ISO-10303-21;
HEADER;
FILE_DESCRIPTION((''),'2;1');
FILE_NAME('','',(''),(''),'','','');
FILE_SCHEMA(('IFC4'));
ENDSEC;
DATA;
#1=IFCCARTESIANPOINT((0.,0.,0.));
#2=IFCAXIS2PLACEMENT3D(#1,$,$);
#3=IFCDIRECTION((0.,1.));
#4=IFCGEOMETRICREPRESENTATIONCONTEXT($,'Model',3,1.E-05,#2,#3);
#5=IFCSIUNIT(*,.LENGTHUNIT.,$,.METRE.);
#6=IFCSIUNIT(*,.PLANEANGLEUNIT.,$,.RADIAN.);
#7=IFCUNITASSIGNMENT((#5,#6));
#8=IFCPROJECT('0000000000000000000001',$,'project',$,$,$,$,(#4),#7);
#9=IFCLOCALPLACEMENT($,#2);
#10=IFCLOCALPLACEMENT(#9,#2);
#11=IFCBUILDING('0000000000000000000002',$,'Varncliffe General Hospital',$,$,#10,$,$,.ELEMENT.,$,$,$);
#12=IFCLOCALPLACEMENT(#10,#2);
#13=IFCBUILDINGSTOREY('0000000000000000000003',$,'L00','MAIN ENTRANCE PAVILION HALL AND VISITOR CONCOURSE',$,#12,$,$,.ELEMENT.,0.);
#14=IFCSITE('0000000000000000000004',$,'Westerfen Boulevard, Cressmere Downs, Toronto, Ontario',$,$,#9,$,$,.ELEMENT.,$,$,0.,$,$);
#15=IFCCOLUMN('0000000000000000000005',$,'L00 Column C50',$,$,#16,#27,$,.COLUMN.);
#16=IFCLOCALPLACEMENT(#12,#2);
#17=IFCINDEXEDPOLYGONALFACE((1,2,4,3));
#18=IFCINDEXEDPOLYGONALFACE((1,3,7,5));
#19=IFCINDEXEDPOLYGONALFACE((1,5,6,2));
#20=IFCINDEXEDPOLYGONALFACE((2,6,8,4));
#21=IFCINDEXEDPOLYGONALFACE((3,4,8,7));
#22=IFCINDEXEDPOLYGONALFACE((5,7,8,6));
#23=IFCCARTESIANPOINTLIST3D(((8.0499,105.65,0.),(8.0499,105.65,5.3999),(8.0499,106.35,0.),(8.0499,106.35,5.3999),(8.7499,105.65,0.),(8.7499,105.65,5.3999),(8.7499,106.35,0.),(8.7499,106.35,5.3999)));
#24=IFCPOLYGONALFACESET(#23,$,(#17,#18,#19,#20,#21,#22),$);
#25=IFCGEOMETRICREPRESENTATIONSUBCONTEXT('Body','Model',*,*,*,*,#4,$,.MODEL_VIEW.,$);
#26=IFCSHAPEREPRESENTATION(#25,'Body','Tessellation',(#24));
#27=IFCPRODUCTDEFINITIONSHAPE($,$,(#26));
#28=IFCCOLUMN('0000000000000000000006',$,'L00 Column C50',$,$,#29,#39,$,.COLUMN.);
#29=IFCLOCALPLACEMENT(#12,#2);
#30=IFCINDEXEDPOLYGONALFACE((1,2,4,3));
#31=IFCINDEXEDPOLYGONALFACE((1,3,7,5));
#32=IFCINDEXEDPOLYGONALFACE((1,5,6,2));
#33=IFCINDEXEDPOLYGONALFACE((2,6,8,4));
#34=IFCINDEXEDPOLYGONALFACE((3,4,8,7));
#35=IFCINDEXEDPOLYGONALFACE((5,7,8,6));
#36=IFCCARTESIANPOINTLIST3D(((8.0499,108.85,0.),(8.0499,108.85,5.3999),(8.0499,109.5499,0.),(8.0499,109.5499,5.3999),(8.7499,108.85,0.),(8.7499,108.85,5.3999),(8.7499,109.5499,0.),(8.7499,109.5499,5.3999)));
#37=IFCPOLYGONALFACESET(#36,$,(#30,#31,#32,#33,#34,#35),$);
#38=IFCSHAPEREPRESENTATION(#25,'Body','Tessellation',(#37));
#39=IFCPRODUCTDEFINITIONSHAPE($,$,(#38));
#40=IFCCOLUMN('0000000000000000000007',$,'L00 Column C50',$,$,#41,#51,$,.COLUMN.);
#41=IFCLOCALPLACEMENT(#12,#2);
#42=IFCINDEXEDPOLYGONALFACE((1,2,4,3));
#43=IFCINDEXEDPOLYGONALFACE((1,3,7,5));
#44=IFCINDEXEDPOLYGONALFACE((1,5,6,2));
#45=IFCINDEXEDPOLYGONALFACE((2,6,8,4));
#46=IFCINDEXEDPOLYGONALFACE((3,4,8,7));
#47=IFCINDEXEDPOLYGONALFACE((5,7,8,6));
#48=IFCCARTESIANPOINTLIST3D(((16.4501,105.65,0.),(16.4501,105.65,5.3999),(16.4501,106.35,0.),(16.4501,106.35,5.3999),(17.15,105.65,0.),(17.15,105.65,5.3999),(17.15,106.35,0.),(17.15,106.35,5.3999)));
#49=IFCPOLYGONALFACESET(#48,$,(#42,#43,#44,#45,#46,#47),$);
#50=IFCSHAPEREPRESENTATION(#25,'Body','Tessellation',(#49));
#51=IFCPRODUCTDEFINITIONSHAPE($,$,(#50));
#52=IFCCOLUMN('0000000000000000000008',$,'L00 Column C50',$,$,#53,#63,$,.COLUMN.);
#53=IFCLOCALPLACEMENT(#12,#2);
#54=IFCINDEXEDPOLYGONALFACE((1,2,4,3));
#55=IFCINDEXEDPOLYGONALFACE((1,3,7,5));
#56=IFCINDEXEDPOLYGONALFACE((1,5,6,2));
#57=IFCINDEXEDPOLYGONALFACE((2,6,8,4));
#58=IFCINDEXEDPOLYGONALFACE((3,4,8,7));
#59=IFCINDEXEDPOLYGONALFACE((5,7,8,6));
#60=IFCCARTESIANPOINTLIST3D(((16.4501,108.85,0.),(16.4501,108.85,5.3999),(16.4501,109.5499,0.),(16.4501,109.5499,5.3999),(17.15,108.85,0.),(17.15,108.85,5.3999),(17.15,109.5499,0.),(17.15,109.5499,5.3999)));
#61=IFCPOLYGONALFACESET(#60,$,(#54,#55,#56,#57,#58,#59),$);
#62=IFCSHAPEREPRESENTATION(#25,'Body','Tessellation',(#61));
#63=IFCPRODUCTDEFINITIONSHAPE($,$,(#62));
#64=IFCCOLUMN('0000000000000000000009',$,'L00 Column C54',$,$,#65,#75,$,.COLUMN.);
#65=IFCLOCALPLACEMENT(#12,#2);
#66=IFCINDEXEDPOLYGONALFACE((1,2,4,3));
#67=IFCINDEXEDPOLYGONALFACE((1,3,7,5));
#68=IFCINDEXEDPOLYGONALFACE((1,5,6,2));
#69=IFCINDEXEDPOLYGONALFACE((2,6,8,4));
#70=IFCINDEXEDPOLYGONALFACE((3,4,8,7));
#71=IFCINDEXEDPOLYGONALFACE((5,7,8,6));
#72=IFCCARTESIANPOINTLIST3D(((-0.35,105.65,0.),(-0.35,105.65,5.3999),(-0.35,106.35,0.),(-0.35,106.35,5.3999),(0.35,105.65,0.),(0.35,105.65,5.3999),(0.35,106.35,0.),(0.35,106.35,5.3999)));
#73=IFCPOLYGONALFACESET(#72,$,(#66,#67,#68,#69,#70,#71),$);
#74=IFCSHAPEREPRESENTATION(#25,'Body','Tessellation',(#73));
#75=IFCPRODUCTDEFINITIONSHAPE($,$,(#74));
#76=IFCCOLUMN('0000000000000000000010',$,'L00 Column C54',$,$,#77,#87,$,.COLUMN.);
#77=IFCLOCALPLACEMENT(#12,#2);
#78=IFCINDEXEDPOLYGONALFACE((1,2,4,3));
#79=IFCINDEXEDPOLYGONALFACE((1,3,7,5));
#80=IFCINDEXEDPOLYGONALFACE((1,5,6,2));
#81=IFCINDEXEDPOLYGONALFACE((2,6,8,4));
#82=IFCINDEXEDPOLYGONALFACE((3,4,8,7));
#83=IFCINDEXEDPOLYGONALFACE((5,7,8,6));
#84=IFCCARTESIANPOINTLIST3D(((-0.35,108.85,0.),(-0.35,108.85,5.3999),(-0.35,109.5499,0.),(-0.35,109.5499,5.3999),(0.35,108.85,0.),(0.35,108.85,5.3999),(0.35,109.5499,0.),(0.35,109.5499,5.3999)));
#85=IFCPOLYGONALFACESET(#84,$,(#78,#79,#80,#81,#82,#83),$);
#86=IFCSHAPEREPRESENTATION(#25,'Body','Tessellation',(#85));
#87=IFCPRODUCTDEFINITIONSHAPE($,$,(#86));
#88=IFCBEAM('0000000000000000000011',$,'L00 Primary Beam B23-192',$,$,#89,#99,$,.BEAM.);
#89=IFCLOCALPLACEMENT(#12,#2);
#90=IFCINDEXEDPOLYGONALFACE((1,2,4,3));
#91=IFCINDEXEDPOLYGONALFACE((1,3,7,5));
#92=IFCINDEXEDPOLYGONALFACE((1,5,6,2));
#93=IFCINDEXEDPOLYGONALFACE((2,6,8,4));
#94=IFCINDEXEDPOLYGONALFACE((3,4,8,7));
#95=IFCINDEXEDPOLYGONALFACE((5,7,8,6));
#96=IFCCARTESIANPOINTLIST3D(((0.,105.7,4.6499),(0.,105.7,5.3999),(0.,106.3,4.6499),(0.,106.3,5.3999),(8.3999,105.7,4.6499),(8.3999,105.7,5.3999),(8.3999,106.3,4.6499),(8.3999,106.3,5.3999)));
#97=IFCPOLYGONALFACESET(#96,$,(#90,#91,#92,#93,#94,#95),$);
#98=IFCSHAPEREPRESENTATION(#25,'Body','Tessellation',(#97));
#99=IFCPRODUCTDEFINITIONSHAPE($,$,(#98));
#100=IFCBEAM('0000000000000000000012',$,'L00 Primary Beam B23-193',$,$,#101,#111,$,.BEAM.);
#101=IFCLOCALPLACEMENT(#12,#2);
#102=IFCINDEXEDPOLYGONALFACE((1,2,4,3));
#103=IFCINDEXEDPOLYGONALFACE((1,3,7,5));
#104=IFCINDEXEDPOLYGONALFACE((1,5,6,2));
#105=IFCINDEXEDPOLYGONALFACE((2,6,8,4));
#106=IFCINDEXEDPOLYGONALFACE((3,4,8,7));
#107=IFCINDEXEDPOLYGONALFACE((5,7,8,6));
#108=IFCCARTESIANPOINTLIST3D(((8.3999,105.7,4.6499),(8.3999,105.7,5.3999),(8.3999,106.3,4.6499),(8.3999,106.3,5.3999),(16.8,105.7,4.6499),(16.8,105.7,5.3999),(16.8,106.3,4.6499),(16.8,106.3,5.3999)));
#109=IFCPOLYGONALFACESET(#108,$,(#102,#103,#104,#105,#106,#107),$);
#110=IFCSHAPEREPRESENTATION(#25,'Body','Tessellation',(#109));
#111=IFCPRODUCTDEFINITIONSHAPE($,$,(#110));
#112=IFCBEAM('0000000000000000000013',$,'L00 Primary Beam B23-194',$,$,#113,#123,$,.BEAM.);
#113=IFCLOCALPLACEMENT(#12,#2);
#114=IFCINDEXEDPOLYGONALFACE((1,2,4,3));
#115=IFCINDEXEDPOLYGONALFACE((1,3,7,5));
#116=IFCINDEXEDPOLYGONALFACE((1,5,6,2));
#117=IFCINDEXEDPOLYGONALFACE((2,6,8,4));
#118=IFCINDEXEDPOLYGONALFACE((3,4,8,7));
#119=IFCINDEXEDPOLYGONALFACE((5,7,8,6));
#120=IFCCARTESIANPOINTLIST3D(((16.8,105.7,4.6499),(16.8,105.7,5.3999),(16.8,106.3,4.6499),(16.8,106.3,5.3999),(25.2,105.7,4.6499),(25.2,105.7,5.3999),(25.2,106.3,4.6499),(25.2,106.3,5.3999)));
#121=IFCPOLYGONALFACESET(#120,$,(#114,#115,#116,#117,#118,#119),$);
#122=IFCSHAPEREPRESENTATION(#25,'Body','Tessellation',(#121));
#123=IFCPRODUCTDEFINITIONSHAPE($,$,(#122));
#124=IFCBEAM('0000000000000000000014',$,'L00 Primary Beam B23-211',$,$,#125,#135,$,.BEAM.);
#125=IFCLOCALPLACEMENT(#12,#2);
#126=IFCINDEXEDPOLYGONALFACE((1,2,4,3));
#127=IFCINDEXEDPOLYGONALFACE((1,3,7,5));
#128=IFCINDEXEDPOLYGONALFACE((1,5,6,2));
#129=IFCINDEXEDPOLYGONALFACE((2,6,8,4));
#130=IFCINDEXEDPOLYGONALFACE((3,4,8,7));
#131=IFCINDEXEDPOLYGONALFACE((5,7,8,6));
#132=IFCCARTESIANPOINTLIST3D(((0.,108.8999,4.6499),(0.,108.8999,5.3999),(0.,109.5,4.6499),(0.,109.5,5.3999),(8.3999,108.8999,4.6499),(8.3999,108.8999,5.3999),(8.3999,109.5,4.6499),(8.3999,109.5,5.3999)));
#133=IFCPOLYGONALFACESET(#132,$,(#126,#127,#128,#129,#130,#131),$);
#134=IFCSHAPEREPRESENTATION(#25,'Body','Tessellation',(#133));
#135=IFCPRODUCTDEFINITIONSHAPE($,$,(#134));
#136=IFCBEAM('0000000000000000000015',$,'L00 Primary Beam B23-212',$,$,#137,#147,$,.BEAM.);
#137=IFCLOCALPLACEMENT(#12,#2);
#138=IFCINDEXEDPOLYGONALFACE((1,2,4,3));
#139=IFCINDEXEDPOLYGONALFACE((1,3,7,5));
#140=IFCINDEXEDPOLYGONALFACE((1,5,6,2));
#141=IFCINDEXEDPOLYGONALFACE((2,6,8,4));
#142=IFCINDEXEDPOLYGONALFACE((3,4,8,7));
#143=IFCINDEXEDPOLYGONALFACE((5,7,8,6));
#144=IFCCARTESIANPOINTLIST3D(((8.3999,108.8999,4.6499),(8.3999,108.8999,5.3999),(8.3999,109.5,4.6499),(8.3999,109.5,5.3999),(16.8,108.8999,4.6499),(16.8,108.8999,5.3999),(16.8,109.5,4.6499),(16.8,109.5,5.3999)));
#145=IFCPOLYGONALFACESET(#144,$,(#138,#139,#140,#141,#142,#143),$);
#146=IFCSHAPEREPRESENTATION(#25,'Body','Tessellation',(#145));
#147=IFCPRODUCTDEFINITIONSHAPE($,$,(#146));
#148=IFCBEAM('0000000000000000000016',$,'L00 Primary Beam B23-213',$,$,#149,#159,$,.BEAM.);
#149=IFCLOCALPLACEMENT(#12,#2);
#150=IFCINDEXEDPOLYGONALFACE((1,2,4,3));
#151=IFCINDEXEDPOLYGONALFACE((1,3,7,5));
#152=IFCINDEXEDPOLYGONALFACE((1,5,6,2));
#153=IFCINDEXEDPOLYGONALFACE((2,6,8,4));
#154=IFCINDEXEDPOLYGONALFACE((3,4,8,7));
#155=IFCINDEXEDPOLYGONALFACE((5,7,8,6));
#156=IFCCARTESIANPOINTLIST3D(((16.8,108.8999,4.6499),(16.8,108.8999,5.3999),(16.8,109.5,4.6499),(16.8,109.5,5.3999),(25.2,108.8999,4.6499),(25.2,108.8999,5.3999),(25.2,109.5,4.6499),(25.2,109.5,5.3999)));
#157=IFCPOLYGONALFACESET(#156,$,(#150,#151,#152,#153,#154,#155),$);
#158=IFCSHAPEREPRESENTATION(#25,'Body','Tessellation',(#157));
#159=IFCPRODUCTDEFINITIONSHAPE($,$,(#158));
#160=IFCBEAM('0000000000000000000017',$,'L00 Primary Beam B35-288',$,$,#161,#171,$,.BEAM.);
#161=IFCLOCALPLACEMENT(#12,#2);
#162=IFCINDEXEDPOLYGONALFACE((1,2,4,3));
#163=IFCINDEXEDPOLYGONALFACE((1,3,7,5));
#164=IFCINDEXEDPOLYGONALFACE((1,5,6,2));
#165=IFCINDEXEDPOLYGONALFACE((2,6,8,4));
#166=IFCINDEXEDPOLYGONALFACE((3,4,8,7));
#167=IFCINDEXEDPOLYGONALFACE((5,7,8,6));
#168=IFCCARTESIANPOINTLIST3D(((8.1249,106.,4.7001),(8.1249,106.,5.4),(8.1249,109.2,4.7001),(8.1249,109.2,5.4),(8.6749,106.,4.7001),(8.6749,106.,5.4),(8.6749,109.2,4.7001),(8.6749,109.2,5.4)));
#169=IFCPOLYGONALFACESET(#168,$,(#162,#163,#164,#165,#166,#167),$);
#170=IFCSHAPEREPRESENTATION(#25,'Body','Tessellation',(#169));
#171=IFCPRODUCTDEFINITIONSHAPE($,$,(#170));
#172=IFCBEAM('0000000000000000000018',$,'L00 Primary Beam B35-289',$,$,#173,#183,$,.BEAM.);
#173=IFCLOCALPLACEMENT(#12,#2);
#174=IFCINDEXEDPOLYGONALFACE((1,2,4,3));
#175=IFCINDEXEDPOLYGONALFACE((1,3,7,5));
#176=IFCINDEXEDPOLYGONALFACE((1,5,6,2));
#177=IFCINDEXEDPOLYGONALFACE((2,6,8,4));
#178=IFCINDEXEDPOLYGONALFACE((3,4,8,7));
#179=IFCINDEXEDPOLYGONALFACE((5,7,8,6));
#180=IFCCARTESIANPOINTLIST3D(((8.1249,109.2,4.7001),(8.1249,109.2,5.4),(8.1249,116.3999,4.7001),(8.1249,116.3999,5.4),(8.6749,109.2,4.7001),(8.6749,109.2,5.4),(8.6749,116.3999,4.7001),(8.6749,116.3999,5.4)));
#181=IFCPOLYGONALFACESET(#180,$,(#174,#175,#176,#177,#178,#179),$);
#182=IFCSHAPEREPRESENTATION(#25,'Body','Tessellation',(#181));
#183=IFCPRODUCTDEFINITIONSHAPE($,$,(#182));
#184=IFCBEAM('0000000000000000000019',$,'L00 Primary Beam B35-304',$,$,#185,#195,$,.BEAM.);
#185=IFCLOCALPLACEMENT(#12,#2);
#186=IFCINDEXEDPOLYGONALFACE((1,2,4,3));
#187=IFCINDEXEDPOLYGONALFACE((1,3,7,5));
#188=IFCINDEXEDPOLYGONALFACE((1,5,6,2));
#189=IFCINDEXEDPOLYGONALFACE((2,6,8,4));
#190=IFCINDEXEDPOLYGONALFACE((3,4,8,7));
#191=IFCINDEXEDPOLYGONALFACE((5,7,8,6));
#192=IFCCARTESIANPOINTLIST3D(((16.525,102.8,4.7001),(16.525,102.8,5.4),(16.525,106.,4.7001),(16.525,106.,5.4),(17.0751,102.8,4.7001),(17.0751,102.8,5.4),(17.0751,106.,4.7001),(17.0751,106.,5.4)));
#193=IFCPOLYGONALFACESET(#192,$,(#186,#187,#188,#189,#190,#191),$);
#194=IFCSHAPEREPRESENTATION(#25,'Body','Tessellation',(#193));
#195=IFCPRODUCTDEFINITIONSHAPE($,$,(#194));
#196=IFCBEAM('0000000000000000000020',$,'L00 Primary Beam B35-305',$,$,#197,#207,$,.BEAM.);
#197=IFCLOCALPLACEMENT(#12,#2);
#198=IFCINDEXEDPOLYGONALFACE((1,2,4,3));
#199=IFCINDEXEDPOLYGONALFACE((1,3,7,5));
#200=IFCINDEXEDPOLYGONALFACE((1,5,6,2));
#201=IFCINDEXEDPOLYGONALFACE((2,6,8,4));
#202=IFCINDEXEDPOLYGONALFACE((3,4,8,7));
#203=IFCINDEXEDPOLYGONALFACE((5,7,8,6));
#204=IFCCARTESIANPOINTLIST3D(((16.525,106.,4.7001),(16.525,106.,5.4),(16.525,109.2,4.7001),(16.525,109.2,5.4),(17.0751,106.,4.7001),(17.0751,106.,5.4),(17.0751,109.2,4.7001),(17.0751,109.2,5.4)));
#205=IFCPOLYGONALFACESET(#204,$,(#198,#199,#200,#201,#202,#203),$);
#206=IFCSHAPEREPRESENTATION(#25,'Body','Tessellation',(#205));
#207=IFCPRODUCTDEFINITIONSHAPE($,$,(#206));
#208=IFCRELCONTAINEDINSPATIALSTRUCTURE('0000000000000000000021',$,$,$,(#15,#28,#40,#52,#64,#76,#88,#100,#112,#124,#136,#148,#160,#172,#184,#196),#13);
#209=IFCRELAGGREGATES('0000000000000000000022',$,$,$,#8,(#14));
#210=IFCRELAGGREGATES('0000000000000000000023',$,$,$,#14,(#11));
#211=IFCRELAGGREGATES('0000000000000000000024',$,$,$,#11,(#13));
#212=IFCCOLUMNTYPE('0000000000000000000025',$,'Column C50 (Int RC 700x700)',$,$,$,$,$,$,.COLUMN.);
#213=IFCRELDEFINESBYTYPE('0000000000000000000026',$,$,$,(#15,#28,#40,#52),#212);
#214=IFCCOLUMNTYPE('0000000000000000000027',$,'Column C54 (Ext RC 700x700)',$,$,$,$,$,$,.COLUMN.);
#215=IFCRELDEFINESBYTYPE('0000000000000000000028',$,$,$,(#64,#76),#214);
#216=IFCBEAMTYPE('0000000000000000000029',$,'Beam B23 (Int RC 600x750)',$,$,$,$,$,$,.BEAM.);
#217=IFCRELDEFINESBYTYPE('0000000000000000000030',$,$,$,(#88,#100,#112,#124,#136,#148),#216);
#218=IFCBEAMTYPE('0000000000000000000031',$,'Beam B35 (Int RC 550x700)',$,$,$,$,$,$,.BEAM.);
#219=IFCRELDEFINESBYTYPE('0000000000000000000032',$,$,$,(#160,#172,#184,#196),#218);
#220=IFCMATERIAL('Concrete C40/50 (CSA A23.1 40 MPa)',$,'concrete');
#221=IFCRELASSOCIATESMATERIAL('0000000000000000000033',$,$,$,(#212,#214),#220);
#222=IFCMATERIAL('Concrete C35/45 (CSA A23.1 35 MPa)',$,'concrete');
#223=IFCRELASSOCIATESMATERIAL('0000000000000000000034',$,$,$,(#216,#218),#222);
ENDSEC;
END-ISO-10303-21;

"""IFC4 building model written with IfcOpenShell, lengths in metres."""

from ifc_helpers import new_model, si_unit, direction, frame, origin, origin_2d, place, context, subcontext, project, spatial, rectangle, extrude, material, material_profile, profile_set, type_object, element, save


model = new_model("IFC4")

# Units and contexts
model_context = context("Model", 3, precision=1e-05, world=origin(), true_north=direction((0.0, 1.0)))
body_context = subcontext(model_context, "Body", "Model", "MODEL_VIEW")
ifc_project = project(units=[si_unit("LENGTHUNIT", "METRE"), si_unit("PLANEANGLEUNIT", "RADIAN")], contexts=[model_context])

# Site, building, storey
site_placement = place(None, origin())
site = spatial("IfcSite", under=ifc_project, at=site_placement, Name="Westerfen Boulevard, Cressmere Downs, Toronto, Ontario", CompositionType="ELEMENT", RefElevation=0.0)
building_placement = place(site_placement, origin())
building = spatial("IfcBuilding", under=site, at=building_placement, Name="Varncliffe General Hospital", CompositionType="ELEMENT")
storey_placement = place(building_placement, origin())
storey = spatial("IfcBuildingStorey", under=building, at=storey_placement, Name="L00", Description="MAIN ENTRANCE PAVILION HALL AND VISITOR CONCOURSE", CompositionType="ELEMENT", Elevation=0.0)

# Columns
ifc_material_1 = material(Name="Concrete C40/50 (CSA A23.1 40 MPa)", Category="concrete")
ifc_material_profile_1 = material_profile(ifc_material_1, rectangle(XDim=0.7, YDim=0.7, at=origin_2d()), Name="RC 700x700")
ifc_profile_set_1 = profile_set([ifc_material_profile_1], Name="Concrete C40/50 (CSA A23.1 40 MPa)")
column_type_1 = type_object("IfcColumnType", Name="Column C50 (Int RC 700x700)", PredefinedType="COLUMN", material=ifc_profile_set_1)
for number, where, z_axis, x_axis, name in (
    (1, (8.3999, 106.0, 0.0), (0.0, 0.0, 1.0), (1.0, 0.0, 0.0), "L00 Column C50"),
    (2, (8.3999, 109.2, 0.0), (0.0, 0.0, 1.0), (1.0, 0.0, 0.0), "L00 Column C50"),
    (3, (16.8, 106.0, 0.0), (0.0, 0.0, 1.0), (1.0, 0.0, 0.0), "L00 Column C50"),
    (4, (16.8, 109.2, 0.0), (0.0, 0.0, 1.0), (1.0, 0.0, 0.0), "L00 Column C50"),
):
    element("IfcColumn", number, at=place(storey_placement, frame(where, z_axis=z_axis, x_axis=x_axis)), inside=storey, type_object=column_type_1, Name=name, PredefinedType="COLUMN", context=body_context, shape_type="SweptSolid", body=[
        extrude(rectangle(XDim=0.7, YDim=0.7, at=origin_2d()), origin(), (0.0, 0.0, 1.0), 5.3999),
    ])
ifc_material_profile_2 = material_profile(ifc_material_1, rectangle(XDim=0.7, YDim=0.7, at=origin_2d()), Name="RC 700x700")
ifc_profile_set_2 = profile_set([ifc_material_profile_2], Name="Concrete C40/50 (CSA A23.1 40 MPa)")
column_type_2 = type_object("IfcColumnType", Name="Column C54 (Ext RC 700x700)", PredefinedType="COLUMN", material=ifc_profile_set_2)
for number, where, z_axis, x_axis, name in (
    (5, (0.0, 106.0, 0.0), (0.0, 0.0, 1.0), (1.0, 0.0, 0.0), "L00 Column C54"),
    (6, (0.0, 109.2, 0.0), (0.0, 0.0, 1.0), (1.0, 0.0, 0.0), "L00 Column C54"),
):
    element("IfcColumn", number, at=place(storey_placement, frame(where, z_axis=z_axis, x_axis=x_axis)), inside=storey, type_object=column_type_2, Name=name, PredefinedType="COLUMN", context=body_context, shape_type="SweptSolid", body=[
        extrude(rectangle(XDim=0.7, YDim=0.7, at=origin_2d()), origin(), (0.0, 0.0, 1.0), 5.3999),
    ])

# Beams
ifc_material_2 = material(Name="Concrete C35/45 (CSA A23.1 35 MPa)", Category="concrete")
ifc_material_profile_3 = material_profile(ifc_material_2, rectangle(XDim=0.6001, YDim=0.75, at=origin_2d()), Name="RC 600x750")
ifc_profile_set_3 = profile_set([ifc_material_profile_3], Name="Concrete C35/45 (CSA A23.1 35 MPa)")
beam_type_1 = type_object("IfcBeamType", Name="Beam B23 (Int RC 600x750)", PredefinedType="BEAM", material=ifc_profile_set_3)
beam_1_placement = place(storey_placement, frame((0.0, 106.0, 5.0249), z_axis=(1.0, 0.0, 0.0), x_axis=(0.0, 1.0, 0.0)))
element("IfcBeam", 7, at=beam_1_placement, inside=storey, type_object=beam_type_1, Name="L00 Primary Beam B23-192", PredefinedType="BEAM", context=body_context, shape_type="SweptSolid", body=[
    extrude(rectangle(XDim=0.6001, YDim=0.75, at=origin_2d()), origin(), (0.0, 0.0, 1.0), 8.3999),
])
beam_2_placement = place(storey_placement, frame((8.3999, 106.0, 5.0249), z_axis=(1.0, 0.0, 0.0), x_axis=(0.0, 1.0, 0.0)))
element("IfcBeam", 8, at=beam_2_placement, inside=storey, type_object=beam_type_1, Name="L00 Primary Beam B23-193", PredefinedType="BEAM", context=body_context, shape_type="SweptSolid", body=[
    extrude(rectangle(XDim=0.6001, YDim=0.75, at=origin_2d()), origin(), (0.0, 0.0, 1.0), 8.4001),
])
for number, where, z_axis, x_axis, name in (
    (9, (16.8, 106.0, 5.0249), (1.0, 0.0, 0.0), (0.0, 1.0, 0.0), "L00 Primary Beam B23-194"),
    (10, (0.0, 109.2, 5.0249), (1.0, 0.0, 0.0), (0.0, 1.0, 0.0), "L00 Primary Beam B23-211"),
):
    element("IfcBeam", number, at=place(storey_placement, frame(where, z_axis=z_axis, x_axis=x_axis)), inside=storey, type_object=beam_type_1, Name=name, PredefinedType="BEAM", context=body_context, shape_type="SweptSolid", body=[
        extrude(rectangle(XDim=0.6001, YDim=0.75, at=origin_2d()), origin(), (0.0, 0.0, 1.0), 8.3999),
    ])
beam_3_placement = place(storey_placement, frame((8.3999, 109.2, 5.0249), z_axis=(1.0, 0.0, 0.0), x_axis=(0.0, 1.0, 0.0)))
element("IfcBeam", 11, at=beam_3_placement, inside=storey, type_object=beam_type_1, Name="L00 Primary Beam B23-212", PredefinedType="BEAM", context=body_context, shape_type="SweptSolid", body=[
    extrude(rectangle(XDim=0.6001, YDim=0.75, at=origin_2d()), origin(), (0.0, 0.0, 1.0), 8.4001),
])
beam_4_placement = place(storey_placement, frame((16.8, 109.2, 5.0249), z_axis=(1.0, 0.0, 0.0), x_axis=(0.0, 1.0, 0.0)))
element("IfcBeam", 12, at=beam_4_placement, inside=storey, type_object=beam_type_1, Name="L00 Primary Beam B23-213", PredefinedType="BEAM", context=body_context, shape_type="SweptSolid", body=[
    extrude(rectangle(XDim=0.6001, YDim=0.75, at=origin_2d()), origin(), (0.0, 0.0, 1.0), 8.3999),
])
ifc_material_profile_4 = material_profile(ifc_material_2, rectangle(XDim=0.55, YDim=0.7, at=origin_2d()), Name="RC 550x700")
ifc_profile_set_4 = profile_set([ifc_material_profile_4], Name="Concrete C35/45 (CSA A23.1 35 MPa)")
beam_type_2 = type_object("IfcBeamType", Name="Beam B35 (Int RC 550x700)", PredefinedType="BEAM", material=ifc_profile_set_4)
beam_5_placement = place(storey_placement, frame((8.3999, 106.0, 5.05), z_axis=(0.0, 1.0, 0.0), x_axis=(-1.0, 0.0, 0.0)))
element("IfcBeam", 13, at=beam_5_placement, inside=storey, type_object=beam_type_2, Name="L00 Primary Beam B35-288", PredefinedType="BEAM", context=body_context, shape_type="SweptSolid", body=[
    extrude(rectangle(XDim=0.55, YDim=0.7, at=origin_2d()), origin(), (0.0, 0.0, 1.0), 3.2),
])
beam_6_placement = place(storey_placement, frame((8.3999, 109.2, 5.05), z_axis=(0.0, 1.0, 0.0), x_axis=(-1.0, 0.0, 0.0)))
element("IfcBeam", 14, at=beam_6_placement, inside=storey, type_object=beam_type_2, Name="L00 Primary Beam B35-289", PredefinedType="BEAM", context=body_context, shape_type="SweptSolid", body=[
    extrude(rectangle(XDim=0.55, YDim=0.7, at=origin_2d()), origin(), (0.0, 0.0, 1.0), 7.2),
])
for number, where, z_axis, x_axis, name in (
    (15, (16.8, 102.8, 5.05), (0.0, 1.0, 0.0), (-1.0, 0.0, 0.0), "L00 Primary Beam B35-304"),
    (16, (16.8, 106.0, 5.05), (0.0, 1.0, 0.0), (-1.0, 0.0, 0.0), "L00 Primary Beam B35-305"),
):
    element("IfcBeam", number, at=place(storey_placement, frame(where, z_axis=z_axis, x_axis=x_axis)), inside=storey, type_object=beam_type_2, Name=name, PredefinedType="BEAM", context=body_context, shape_type="SweptSolid", body=[
        extrude(rectangle(XDim=0.55, YDim=0.7, at=origin_2d()), origin(), (0.0, 0.0, 1.0), 3.2),
    ])

save(model, "model.ifc")
